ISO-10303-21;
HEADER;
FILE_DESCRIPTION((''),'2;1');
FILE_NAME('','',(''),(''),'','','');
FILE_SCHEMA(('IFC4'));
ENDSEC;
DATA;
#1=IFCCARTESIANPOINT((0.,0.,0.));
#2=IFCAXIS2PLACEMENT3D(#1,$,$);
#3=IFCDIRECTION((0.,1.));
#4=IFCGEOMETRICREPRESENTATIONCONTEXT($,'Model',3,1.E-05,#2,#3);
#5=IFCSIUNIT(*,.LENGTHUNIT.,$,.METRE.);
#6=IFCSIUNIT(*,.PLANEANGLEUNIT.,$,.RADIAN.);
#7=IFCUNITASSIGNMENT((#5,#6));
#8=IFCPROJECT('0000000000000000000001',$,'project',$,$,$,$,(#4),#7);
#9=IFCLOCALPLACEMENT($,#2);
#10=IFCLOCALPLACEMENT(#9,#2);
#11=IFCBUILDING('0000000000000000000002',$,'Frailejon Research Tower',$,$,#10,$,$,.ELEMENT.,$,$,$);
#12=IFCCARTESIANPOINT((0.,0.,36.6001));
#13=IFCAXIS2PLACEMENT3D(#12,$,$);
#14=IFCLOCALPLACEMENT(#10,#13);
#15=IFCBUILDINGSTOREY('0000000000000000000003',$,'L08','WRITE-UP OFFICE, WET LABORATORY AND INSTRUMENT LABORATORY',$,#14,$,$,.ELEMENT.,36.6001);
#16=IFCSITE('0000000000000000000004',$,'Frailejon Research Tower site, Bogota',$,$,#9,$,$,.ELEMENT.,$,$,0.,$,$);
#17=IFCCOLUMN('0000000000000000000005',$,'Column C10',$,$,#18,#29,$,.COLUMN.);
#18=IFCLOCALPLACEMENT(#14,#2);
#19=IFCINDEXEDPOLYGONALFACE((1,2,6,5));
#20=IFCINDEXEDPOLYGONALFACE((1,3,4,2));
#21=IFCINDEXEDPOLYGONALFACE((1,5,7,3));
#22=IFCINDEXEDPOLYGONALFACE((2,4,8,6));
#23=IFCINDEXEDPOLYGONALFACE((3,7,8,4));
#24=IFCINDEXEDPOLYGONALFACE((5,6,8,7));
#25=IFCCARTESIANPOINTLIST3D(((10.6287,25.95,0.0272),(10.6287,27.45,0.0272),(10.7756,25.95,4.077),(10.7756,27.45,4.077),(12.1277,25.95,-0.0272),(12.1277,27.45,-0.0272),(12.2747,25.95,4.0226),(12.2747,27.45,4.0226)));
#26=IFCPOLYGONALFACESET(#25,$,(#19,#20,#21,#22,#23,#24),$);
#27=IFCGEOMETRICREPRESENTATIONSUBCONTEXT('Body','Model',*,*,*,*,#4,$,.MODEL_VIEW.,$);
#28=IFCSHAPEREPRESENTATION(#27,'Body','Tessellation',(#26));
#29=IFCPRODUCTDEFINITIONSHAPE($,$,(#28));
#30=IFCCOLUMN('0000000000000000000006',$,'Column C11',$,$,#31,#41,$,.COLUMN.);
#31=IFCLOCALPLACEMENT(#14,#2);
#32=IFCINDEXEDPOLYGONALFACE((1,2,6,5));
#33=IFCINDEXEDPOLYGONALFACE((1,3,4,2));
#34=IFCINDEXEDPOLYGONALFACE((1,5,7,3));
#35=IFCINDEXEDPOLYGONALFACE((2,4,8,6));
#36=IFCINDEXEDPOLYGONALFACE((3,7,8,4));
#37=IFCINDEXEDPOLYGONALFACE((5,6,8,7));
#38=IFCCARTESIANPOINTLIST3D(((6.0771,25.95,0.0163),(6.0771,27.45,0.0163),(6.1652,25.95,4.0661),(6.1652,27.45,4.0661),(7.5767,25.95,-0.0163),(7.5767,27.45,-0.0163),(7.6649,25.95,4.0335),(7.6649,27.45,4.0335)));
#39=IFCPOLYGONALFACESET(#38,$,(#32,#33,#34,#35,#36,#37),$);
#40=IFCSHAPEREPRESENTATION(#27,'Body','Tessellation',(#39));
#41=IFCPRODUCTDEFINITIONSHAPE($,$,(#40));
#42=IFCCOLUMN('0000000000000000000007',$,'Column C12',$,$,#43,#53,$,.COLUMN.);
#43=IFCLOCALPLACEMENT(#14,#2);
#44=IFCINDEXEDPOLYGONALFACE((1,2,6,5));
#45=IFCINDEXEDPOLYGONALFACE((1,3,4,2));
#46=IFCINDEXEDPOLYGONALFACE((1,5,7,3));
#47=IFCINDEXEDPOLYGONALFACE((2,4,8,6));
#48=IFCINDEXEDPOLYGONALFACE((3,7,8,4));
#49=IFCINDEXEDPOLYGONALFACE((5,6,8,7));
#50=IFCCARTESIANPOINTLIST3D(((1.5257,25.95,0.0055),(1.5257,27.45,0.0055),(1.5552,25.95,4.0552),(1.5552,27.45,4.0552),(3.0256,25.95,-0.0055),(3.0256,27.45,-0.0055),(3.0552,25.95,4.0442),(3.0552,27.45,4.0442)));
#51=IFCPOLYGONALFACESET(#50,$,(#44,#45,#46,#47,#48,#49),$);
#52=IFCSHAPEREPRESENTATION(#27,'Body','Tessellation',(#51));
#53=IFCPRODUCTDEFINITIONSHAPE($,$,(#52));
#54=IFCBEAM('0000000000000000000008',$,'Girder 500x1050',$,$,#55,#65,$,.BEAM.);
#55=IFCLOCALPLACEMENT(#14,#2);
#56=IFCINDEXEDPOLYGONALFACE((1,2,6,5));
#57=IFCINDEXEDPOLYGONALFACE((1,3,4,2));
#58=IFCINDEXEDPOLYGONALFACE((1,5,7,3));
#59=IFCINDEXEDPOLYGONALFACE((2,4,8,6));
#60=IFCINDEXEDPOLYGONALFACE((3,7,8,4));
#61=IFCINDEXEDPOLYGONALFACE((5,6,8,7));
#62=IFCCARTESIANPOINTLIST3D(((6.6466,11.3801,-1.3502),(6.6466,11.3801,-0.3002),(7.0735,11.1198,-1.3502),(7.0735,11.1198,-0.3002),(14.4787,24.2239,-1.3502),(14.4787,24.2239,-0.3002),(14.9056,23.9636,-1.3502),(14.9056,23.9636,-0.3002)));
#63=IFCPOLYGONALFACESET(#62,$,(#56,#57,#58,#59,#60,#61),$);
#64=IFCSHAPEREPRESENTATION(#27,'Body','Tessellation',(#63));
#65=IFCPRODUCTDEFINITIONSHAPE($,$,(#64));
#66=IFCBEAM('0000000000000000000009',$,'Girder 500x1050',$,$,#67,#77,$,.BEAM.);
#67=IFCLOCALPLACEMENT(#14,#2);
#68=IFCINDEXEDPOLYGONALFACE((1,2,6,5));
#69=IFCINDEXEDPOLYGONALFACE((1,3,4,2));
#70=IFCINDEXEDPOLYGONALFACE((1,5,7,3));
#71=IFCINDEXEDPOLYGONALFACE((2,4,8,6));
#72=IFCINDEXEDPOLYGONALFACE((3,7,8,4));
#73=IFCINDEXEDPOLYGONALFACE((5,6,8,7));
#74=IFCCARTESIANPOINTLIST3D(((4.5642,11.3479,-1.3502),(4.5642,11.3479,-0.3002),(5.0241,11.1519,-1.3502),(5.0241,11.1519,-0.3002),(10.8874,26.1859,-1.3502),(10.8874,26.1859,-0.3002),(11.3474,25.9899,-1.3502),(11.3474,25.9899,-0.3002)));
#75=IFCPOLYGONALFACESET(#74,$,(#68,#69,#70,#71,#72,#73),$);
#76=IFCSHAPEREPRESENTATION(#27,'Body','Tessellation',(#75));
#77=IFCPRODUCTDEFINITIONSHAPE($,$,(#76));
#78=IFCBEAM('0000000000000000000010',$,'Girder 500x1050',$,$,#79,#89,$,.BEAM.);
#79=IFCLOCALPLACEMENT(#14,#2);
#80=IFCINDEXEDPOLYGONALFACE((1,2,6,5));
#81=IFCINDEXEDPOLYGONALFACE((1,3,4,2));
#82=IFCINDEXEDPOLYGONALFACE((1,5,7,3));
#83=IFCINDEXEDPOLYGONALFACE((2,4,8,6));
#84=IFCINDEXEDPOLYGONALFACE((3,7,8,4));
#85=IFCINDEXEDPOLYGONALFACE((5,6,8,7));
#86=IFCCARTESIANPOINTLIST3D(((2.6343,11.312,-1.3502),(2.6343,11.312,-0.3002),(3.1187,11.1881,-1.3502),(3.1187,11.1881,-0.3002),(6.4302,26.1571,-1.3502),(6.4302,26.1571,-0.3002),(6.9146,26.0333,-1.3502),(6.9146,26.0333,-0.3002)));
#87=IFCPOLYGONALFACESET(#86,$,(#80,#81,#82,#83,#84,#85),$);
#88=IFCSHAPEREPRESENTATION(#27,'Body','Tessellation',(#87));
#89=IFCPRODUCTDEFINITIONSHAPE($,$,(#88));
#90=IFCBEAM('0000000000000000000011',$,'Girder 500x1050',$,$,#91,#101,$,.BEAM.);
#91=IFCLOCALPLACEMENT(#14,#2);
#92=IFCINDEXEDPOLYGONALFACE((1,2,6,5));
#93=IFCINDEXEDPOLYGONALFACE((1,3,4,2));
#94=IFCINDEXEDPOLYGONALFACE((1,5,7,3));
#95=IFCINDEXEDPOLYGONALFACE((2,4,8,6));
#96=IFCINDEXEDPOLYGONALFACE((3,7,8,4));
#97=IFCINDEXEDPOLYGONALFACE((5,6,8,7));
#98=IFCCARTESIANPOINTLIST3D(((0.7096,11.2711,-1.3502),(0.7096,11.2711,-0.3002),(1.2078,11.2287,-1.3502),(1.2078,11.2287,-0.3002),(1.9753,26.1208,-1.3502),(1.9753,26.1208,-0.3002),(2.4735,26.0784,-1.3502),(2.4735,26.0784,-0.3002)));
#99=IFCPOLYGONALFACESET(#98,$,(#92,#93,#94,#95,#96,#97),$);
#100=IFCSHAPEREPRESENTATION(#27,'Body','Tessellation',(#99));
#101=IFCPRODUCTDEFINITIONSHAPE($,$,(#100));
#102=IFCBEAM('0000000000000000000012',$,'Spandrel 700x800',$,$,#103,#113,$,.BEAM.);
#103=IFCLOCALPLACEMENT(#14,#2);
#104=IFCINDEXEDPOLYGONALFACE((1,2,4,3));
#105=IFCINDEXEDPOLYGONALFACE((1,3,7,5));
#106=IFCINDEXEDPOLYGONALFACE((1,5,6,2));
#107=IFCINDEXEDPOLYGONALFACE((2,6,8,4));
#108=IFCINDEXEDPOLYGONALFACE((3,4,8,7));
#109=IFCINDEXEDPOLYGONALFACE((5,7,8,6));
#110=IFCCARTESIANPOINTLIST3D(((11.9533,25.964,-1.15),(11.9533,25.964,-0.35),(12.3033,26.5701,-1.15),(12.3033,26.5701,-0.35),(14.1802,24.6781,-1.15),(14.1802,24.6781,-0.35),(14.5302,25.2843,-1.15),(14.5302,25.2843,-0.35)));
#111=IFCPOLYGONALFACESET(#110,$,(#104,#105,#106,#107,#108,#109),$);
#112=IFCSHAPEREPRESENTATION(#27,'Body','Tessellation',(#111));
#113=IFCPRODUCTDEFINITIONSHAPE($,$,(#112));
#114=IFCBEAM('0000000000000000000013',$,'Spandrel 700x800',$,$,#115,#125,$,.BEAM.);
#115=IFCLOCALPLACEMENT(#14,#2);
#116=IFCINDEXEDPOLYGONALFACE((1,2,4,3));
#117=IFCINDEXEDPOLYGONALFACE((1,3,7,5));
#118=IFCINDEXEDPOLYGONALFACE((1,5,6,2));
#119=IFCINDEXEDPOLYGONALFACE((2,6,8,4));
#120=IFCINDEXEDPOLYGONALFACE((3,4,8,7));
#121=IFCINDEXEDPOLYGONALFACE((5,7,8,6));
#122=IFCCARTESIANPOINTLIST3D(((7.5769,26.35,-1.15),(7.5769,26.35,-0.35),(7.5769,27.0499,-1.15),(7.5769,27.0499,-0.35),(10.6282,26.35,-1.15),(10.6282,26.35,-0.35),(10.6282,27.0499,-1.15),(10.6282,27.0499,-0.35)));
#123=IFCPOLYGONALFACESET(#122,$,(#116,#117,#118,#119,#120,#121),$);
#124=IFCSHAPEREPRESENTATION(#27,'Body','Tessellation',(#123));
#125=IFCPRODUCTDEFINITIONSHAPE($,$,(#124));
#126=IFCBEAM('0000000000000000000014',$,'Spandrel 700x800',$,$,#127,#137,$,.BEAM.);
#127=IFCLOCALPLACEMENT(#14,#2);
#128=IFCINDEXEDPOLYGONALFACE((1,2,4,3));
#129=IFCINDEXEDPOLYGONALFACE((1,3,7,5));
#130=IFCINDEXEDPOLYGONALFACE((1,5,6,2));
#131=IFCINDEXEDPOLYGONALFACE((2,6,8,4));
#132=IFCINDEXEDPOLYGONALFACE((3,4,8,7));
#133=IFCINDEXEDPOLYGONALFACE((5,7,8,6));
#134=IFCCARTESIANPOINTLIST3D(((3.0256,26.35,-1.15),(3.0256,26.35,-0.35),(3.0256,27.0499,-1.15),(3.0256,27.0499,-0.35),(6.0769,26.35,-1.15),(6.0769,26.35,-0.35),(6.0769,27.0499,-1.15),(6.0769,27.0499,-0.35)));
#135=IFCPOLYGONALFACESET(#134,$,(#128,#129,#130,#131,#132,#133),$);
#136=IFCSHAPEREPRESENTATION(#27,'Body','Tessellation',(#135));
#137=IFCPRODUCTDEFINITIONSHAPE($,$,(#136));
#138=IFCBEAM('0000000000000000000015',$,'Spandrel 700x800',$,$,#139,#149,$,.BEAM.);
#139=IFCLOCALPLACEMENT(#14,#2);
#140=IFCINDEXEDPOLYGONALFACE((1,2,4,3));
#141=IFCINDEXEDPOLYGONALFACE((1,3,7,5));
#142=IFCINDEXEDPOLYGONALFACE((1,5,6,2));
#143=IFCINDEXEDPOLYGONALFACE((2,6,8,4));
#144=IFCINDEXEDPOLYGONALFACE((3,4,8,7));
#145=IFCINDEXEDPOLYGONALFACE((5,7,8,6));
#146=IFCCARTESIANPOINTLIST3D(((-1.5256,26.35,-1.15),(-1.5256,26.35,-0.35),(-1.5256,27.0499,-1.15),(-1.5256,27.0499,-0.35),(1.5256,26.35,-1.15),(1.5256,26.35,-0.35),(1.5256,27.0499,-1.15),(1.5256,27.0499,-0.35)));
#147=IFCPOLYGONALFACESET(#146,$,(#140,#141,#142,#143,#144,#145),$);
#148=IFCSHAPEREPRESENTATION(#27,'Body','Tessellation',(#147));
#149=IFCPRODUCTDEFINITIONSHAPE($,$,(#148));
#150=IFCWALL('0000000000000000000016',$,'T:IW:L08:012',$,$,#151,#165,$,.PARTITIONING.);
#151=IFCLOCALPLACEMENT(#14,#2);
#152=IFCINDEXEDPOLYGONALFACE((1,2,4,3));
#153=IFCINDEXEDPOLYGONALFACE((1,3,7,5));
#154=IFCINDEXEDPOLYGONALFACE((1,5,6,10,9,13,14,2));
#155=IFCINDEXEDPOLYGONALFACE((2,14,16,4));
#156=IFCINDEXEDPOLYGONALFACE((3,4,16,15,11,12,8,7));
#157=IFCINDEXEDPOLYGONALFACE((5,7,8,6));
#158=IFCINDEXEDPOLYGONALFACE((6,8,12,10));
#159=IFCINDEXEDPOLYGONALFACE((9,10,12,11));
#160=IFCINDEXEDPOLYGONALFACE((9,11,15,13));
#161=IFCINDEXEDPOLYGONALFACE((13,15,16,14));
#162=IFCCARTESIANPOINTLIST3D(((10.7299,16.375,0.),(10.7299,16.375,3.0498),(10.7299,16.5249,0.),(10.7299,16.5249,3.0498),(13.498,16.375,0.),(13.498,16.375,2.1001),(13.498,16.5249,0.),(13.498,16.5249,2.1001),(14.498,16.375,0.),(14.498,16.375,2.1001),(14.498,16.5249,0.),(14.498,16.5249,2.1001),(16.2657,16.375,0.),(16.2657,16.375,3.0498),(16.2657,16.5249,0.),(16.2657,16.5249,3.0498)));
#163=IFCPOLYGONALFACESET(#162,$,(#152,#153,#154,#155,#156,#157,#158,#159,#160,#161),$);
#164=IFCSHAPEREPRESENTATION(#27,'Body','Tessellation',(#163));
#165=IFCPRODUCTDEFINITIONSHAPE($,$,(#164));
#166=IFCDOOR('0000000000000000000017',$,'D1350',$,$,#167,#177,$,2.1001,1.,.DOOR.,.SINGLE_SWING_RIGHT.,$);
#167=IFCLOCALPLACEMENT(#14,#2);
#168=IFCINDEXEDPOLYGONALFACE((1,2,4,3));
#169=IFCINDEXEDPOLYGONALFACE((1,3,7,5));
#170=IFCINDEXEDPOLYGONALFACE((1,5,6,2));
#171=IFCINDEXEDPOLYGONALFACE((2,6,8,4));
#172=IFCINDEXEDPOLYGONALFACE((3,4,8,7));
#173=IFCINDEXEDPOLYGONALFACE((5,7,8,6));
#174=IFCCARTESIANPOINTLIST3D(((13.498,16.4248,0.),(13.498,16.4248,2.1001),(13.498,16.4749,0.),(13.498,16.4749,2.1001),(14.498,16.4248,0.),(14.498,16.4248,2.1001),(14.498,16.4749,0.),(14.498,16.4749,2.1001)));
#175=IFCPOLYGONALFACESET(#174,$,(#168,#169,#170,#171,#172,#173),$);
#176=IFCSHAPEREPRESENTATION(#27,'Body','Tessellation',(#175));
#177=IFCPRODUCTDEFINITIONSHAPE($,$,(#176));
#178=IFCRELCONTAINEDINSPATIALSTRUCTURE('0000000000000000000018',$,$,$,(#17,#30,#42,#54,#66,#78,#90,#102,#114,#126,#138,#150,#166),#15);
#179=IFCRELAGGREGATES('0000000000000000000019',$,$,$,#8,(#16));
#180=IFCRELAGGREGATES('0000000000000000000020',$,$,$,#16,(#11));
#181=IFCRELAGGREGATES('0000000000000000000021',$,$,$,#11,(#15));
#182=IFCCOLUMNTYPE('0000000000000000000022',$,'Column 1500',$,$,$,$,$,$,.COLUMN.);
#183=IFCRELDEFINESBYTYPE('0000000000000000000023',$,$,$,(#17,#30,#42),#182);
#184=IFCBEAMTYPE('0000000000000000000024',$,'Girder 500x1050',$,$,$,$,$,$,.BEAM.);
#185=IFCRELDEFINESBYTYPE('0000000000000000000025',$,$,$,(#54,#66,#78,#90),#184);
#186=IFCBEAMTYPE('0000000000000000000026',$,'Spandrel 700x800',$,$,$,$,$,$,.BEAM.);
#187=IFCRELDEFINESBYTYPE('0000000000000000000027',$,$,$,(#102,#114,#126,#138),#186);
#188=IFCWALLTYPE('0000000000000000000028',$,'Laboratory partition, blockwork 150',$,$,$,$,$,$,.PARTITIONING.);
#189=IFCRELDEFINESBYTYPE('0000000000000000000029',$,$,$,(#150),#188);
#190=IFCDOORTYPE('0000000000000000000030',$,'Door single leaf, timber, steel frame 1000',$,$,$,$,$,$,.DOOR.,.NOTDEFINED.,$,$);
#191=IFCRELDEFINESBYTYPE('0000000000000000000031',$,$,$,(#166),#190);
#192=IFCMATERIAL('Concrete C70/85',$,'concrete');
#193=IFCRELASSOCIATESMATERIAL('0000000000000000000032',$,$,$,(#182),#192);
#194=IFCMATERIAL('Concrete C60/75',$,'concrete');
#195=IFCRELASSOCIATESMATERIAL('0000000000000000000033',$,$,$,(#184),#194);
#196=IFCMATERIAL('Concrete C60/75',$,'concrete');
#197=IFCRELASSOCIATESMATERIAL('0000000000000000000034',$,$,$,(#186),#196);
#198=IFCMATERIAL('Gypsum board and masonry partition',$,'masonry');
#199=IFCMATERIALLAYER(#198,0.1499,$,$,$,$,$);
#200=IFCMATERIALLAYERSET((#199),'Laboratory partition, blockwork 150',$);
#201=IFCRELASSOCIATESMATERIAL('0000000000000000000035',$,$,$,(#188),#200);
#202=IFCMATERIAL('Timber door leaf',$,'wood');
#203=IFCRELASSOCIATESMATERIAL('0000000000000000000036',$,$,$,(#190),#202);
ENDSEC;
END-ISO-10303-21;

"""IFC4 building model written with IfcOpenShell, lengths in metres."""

from ifc_helpers import new_model, si_unit, direction, frame, frame_2d, origin, origin_2d, place, context, subcontext, project, spatial, rectangle, extrude, material, layer, layer_set, material_profile, profile_set, type_object, element, fill, save


model = new_model("IFC4")

# Units and contexts
model_context = context("Model", 3, precision=1e-05, world=origin(), true_north=direction((0.0, 1.0)))
body_context = subcontext(model_context, "Body", "Model", "MODEL_VIEW")
ifc_project = project(units=[si_unit("LENGTHUNIT", "METRE"), si_unit("PLANEANGLEUNIT", "RADIAN")], contexts=[model_context])

# Site, building, storey
site_placement = place(None, origin())
site = spatial("IfcSite", under=ifc_project, at=site_placement, Name="Frailejon Research Tower site, Bogota", CompositionType="ELEMENT", RefElevation=0.0)
building_placement = place(site_placement, origin())
building = spatial("IfcBuilding", under=site, at=building_placement, Name="Frailejon Research Tower", CompositionType="ELEMENT")
storey_placement = place(building_placement, frame((0.0, 0.0, 36.6001)))
storey = spatial("IfcBuildingStorey", under=building, at=storey_placement, Name="L08", Description="WRITE-UP OFFICE, WET LABORATORY AND INSTRUMENT LABORATORY", CompositionType="ELEMENT", Elevation=36.6001)

# Columns
ifc_material_1 = material(Name="Concrete C70/85", Category="concrete")
ifc_material_profile_1 = material_profile(ifc_material_1, rectangle(XDim=1.5, YDim=1.5, at=origin_2d()), Name="Column 1500")
ifc_profile_set_1 = profile_set([ifc_material_profile_1], Name="Concrete C70/85")
column_type = type_object("IfcColumnType", Name="Column 1500", PredefinedType="COLUMN", material=ifc_profile_set_1)
column_1_placement = place(storey_placement, frame((11.3782, 26.7, 0.0), z_axis=(0.036267, 0.0, 0.999342), x_axis=(-0.999342, 0.0, 0.036267)))
element("IfcColumn", 1, at=column_1_placement, inside=storey, type_object=column_type, Name="Column C10", PredefinedType="COLUMN", context=body_context, shape_type="SweptSolid", body=[
    extrude(rectangle(XDim=1.5, YDim=1.5, at=origin_2d()), origin(), (0.0, 0.0, 1.0), 4.0525),
])
column_2_placement = place(storey_placement, frame((6.8269, 26.7, 0.0), z_axis=(0.021758, 0.0, 0.999763), x_axis=(-0.999763, 0.0, 0.021758)))
element("IfcColumn", 2, at=column_2_placement, inside=storey, type_object=column_type, Name="Column C11", PredefinedType="COLUMN", context=body_context, shape_type="SweptSolid", body=[
    extrude(rectangle(XDim=1.5, YDim=1.5, at=origin_2d()), origin(), (0.0, 0.0, 1.0), 4.0508),
])
column_3_placement = place(storey_placement, frame((2.2756, 26.7, 0.0), z_axis=(0.007294, 0.0, 0.999973), x_axis=(-0.999973, 0.0, 0.007294)))
element("IfcColumn", 3, at=column_3_placement, inside=storey, type_object=column_type, Name="Column C12", PredefinedType="COLUMN", context=body_context, shape_type="SweptSolid", body=[
    extrude(rectangle(XDim=1.5, YDim=1.5, at=origin_2d()), origin(), (0.0, 0.0, 1.0), 4.0498),
])

# Beams
ifc_material_2 = material(Name="Concrete C60/75", Category="concrete")
ifc_material_profile_2 = material_profile(ifc_material_2, rectangle(XDim=0.5, YDim=1.05, at=origin_2d()), Name="Girder 500x1050")
ifc_profile_set_2 = profile_set([ifc_material_profile_2], Name="Concrete C60/75")
beam_type_1 = type_object("IfcBeamType", Name="Girder 500x1050", PredefinedType="BEAM", material=ifc_profile_set_2)
beam_1_placement = place(storey_placement, frame((14.6921, 24.0938, -0.8252), z_axis=(-0.520631, -0.853782, 0.0), x_axis=(0.853782, -0.520631, 0.0)))
element("IfcBeam", 4, at=beam_1_placement, inside=storey, type_object=beam_type_1, Name="Girder 500x1050", PredefinedType="BEAM", context=body_context, shape_type="SweptSolid", body=[
    extrude(rectangle(XDim=0.5, YDim=1.05, at=origin_2d()), origin(), (0.0, 0.0, 1.0), 15.0435),
])
beam_2_placement = place(storey_placement, frame((11.1174, 26.0879, -0.8252), z_axis=(-0.39204, -0.919948, 0.0), x_axis=(0.919948, -0.39204, 0.0)))
element("IfcBeam", 5, at=beam_2_placement, inside=storey, type_object=beam_type_1, Name="Girder 500x1050", PredefinedType="BEAM", context=body_context, shape_type="SweptSolid", body=[
    extrude(rectangle(XDim=0.5, YDim=1.05, at=origin_2d()), origin(), (0.0, 0.0, 1.0), 16.1292),
])
beam_3_placement = place(storey_placement, frame((6.6724, 26.0952, -0.8252), z_axis=(-0.247728, -0.96883, 0.0), x_axis=(0.96883, -0.247728, 0.0)))
element("IfcBeam", 6, at=beam_3_placement, inside=storey, type_object=beam_type_1, Name="Girder 500x1050", PredefinedType="BEAM", context=body_context, shape_type="SweptSolid", body=[
    extrude(rectangle(XDim=0.5, YDim=1.05, at=origin_2d()), origin(), (0.0, 0.0, 1.0), 15.3228),
])
beam_4_placement = place(storey_placement, frame((2.2244, 26.0996, -0.8252), z_axis=(-0.084922, -0.996388, 0.0), x_axis=(0.996388, -0.084922, 0.0)))
element("IfcBeam", 7, at=beam_4_placement, inside=storey, type_object=beam_type_1, Name="Girder 500x1050", PredefinedType="BEAM", context=body_context, shape_type="SweptSolid", body=[
    extrude(rectangle(XDim=0.5, YDim=1.05, at=origin_2d()), origin(), (0.0, 0.0, 1.0), 14.9036),
])
ifc_material_3 = material(Name="Concrete C60/75", Category="concrete")
ifc_material_profile_3 = material_profile(ifc_material_3, rectangle(XDim=0.7, YDim=0.8, at=origin_2d()), Name="Spandrel 700x800")
ifc_profile_set_3 = profile_set([ifc_material_profile_3], Name="Concrete C60/75")
beam_type_2 = type_object("IfcBeamType", Name="Spandrel 700x800", PredefinedType="BEAM", material=ifc_profile_set_3)
beam_5_placement = place(storey_placement, frame((14.3552, 24.9812, -0.75), z_axis=(-0.866009, 0.500029, 0.0), x_axis=(-0.500029, -0.866009, 0.0)))
element("IfcBeam", 8, at=beam_5_placement, inside=storey, type_object=beam_type_2, Name="Spandrel 700x800", PredefinedType="BEAM", context=body_context, shape_type="SweptSolid", body=[
    extrude(rectangle(XDim=0.7, YDim=0.8, at=origin_2d()), origin(), (0.0, 0.0, 1.0), 2.5715),
])
for number, where, z_axis, x_axis, name in (
    (9, (10.6282, 26.7, -0.75), (-1.0, 0.0, 0.0), (0.0, -1.0, 0.0), "Spandrel 700x800"),
    (10, (6.0769, 26.7, -0.75), (-1.0, 0.0, 0.0), (0.0, -1.0, 0.0), "Spandrel 700x800"),
    (11, (1.5256, 26.7, -0.75), (-1.0, 0.0, 0.0), (0.0, -1.0, 0.0), "Spandrel 700x800"),
):
    element("IfcBeam", number, at=place(storey_placement, frame(where, z_axis=z_axis, x_axis=x_axis)), inside=storey, type_object=beam_type_2, Name=name, PredefinedType="BEAM", context=body_context, shape_type="SweptSolid", body=[
        extrude(rectangle(XDim=0.7, YDim=0.8, at=origin_2d()), origin(), (0.0, 0.0, 1.0), 3.0513),
    ])

# Wall, opening, door
ifc_material_4 = material(Name="Gypsum board and masonry partition", Category="masonry")
ifc_layer_1 = layer(ifc_material_4, 0.1499)
ifc_layer_set_1 = layer_set([ifc_layer_1], Name="Laboratory partition, blockwork 150")
wall_type_1 = type_object("IfcWallType", Name="Laboratory partition, blockwork 150", PredefinedType="PARTITIONING", material=ifc_layer_set_1)
wall_1_placement = place(storey_placement, frame((10.7297, 16.45, 0.0), z_axis=(0.0, 0.0, 1.0), x_axis=(1.0, 0.0, 0.0)))
wall_1 = element("IfcWall", 12, at=wall_1_placement, inside=storey, type_object=wall_type_1, Name="T:IW:L08:012", PredefinedType="PARTITIONING", context=body_context, shape_type="SweptSolid", body=[
    extrude(rectangle(XDim=5.5359, YDim=0.1499, at=frame_2d((2.7681, 0.0))), origin(), (0.0, 0.0, 1.0), 3.0498),
])
opening_1_placement = place(wall_1_placement, frame((2.7683, 0.0, 0.0)))
opening_1 = element("IfcOpeningElement", 13, at=opening_1_placement, cuts=wall_1, PredefinedType="OPENING", context=body_context, shape_type="SweptSolid", body=[
    extrude(rectangle(XDim=1.0, YDim=2.1001, at=frame_2d((0.5, 1.05))), frame((0.0, 0.085, 0.0), z_axis=(0.0, -1.0, 0.0), x_axis=(1.0, 0.0, 0.0)), (0.0, 0.0, 1.0), 0.1699),
])
ifc_material_5 = material(Name="Timber door leaf", Category="wood")
door_type_1 = type_object("IfcDoorType", Name="Door single leaf, timber, steel frame 1000", OperationType="NOTDEFINED", PredefinedType="DOOR", material=ifc_material_5)
door_1_placement = place(opening_1_placement, origin())
door_1 = element("IfcDoor", 14, at=door_1_placement, inside=storey, type_object=door_type_1, Name="D1350", OperationType="SINGLE_SWING_RIGHT", OverallHeight=2.1001, OverallWidth=1.0, PredefinedType="DOOR", context=body_context, shape_type="SweptSolid", body=[
    extrude(rectangle(XDim=1.0, YDim=2.1001, at=frame_2d((0.5, 1.05))), frame((0.0, 0.0249, 0.0), z_axis=(0.0, -1.0, 0.0), x_axis=(1.0, 0.0, 0.0)), (0.0, 0.0, 1.0), 0.05),
])
fill(opening_1, door_1)

save(model, "model.ifc")
